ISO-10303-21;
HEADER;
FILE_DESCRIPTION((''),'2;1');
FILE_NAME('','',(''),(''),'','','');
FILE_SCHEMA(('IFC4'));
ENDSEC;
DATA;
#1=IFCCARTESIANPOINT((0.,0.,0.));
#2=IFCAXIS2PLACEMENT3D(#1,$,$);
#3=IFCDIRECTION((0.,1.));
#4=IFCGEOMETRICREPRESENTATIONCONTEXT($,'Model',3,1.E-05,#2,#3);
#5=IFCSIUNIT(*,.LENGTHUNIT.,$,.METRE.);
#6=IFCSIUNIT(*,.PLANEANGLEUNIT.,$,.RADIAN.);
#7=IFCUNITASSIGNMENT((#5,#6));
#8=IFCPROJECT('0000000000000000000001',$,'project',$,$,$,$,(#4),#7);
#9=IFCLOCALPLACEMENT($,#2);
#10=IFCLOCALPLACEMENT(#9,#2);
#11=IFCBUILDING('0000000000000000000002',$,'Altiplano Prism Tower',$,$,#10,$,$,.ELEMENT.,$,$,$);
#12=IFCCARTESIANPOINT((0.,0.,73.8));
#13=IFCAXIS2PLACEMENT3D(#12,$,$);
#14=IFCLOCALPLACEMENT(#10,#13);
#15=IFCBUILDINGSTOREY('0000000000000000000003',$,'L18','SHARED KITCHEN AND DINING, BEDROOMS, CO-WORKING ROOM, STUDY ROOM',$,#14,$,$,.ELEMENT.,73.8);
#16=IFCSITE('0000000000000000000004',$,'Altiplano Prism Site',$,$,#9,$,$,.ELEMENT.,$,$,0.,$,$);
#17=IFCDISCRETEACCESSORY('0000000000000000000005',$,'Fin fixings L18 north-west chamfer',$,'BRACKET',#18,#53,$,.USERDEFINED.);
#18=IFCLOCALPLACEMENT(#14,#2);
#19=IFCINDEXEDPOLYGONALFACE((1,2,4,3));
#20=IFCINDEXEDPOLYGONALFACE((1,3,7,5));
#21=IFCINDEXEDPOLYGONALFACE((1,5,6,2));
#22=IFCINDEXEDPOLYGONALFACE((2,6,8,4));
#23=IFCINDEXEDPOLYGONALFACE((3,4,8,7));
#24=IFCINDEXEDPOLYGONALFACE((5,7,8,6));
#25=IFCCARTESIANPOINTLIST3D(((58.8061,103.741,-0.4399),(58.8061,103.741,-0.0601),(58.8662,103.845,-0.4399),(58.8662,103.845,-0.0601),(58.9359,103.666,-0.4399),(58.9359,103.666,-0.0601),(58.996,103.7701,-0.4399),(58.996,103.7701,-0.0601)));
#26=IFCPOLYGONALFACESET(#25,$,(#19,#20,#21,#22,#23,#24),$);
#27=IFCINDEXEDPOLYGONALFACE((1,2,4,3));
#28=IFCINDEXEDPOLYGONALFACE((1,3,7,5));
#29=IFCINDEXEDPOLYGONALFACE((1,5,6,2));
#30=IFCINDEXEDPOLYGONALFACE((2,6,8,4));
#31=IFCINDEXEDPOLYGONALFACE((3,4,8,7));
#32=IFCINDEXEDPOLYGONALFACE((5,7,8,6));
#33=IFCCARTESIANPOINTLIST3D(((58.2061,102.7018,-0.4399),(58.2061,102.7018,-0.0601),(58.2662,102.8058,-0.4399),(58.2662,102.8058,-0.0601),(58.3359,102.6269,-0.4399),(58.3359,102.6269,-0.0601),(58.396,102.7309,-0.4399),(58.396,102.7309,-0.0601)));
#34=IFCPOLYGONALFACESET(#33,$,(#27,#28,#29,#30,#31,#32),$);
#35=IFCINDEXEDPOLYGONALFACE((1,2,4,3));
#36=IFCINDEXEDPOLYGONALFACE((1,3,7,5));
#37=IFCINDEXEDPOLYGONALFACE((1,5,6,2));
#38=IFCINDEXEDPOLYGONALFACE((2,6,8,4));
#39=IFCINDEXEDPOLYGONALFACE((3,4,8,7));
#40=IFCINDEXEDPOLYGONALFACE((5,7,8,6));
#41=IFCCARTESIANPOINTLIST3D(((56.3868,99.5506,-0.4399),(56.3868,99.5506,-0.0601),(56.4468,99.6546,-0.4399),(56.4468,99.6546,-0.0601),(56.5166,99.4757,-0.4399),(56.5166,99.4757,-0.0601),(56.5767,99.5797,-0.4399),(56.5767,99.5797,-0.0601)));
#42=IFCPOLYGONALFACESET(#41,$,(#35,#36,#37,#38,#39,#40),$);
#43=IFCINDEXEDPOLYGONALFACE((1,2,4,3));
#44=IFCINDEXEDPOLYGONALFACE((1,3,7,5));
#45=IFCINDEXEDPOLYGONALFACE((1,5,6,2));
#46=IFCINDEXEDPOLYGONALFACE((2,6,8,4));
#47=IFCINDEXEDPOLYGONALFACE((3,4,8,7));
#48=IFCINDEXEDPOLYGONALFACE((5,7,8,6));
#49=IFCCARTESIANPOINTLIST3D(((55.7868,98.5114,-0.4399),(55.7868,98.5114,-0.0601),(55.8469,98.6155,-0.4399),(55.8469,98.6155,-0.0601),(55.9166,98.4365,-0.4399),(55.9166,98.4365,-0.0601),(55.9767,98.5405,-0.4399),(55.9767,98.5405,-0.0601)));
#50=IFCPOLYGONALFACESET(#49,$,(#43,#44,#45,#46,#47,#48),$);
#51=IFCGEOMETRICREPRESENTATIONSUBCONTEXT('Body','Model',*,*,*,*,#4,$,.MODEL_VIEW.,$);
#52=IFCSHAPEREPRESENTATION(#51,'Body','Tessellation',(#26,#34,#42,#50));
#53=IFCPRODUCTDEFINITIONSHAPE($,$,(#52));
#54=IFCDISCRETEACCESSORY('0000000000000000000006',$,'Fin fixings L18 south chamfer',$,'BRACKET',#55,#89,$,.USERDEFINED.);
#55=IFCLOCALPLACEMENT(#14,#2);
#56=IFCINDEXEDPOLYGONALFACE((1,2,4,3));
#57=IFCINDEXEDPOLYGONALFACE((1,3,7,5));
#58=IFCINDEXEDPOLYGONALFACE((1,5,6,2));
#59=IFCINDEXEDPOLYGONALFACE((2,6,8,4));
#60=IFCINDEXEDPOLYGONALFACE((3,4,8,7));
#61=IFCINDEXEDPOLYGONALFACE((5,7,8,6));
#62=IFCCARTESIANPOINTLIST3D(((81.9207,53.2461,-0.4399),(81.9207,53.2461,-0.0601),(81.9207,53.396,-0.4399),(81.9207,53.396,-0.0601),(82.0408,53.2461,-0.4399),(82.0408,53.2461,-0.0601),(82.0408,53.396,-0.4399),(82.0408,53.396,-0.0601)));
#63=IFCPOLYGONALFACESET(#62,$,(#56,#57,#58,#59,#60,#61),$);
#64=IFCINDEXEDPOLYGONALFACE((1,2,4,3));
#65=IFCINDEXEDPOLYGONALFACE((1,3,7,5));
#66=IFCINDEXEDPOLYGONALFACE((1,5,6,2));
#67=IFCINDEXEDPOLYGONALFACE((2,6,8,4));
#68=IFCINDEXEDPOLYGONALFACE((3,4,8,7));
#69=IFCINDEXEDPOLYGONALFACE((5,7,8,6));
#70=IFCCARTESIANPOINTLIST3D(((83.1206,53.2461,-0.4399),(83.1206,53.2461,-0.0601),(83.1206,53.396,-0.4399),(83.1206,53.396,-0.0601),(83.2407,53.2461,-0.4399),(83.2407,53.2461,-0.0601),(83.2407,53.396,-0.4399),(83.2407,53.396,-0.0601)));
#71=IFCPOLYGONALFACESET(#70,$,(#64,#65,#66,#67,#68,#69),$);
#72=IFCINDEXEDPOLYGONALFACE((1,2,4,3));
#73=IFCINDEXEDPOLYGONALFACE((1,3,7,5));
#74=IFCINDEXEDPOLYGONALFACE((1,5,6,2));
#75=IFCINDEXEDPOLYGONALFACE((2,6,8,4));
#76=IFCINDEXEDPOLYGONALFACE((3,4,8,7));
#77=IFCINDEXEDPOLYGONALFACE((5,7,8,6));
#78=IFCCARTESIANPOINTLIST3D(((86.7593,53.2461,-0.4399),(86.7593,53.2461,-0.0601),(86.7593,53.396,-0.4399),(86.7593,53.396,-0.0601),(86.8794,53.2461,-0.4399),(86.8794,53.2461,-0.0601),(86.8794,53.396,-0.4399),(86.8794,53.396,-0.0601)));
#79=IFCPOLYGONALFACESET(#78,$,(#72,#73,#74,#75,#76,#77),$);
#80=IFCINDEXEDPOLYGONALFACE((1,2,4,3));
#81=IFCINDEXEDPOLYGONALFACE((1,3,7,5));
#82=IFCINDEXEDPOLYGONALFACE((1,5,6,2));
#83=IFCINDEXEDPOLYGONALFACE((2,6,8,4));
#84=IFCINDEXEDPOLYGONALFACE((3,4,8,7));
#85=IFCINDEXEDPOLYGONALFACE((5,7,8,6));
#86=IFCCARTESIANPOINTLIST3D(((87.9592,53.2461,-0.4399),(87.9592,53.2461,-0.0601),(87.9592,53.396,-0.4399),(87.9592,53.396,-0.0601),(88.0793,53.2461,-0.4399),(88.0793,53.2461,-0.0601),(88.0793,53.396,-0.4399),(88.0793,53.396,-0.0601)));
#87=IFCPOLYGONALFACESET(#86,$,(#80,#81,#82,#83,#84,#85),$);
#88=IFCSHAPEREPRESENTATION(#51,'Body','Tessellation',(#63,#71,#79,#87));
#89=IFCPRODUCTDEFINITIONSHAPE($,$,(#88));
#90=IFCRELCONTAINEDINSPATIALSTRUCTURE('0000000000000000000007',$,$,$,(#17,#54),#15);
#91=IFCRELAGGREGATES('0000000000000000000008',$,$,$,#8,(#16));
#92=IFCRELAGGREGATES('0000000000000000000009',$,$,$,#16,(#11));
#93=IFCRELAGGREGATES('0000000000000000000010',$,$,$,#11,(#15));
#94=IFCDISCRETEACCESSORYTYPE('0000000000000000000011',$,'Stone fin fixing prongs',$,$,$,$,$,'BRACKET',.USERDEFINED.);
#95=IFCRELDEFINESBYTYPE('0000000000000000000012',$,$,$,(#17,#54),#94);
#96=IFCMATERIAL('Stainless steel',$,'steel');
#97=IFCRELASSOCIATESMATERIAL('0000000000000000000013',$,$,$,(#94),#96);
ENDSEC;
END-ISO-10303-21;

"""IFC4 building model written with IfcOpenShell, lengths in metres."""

from ifc_helpers import new_model, si_unit, direction, frame, origin, place, context, subcontext, project, spatial, polyline, outline, extrude, source, transform, mapped, material, type_object, element, save


model = new_model("IFC4")

# Units and contexts
model_context = context("Model", 3, precision=1e-05, world=origin(), true_north=direction((0.0, 1.0)))
body_context = subcontext(model_context, "Body", "Model", "MODEL_VIEW")
ifc_project = project(units=[si_unit("LENGTHUNIT", "METRE"), si_unit("PLANEANGLEUNIT", "RADIAN")], contexts=[model_context])

# Site, building, storey
site_placement = place(None, origin())
site = spatial("IfcSite", under=ifc_project, at=site_placement, Name="Altiplano Prism Site", CompositionType="ELEMENT", RefElevation=0.0)
building_placement = place(site_placement, origin())
building = spatial("IfcBuilding", under=site, at=building_placement, Name="Altiplano Prism Tower", CompositionType="ELEMENT")
storey_placement = place(building_placement, frame((0.0, 0.0, 73.8)))
storey = spatial("IfcBuildingStorey", under=building, at=storey_placement, Name="L18", Description="SHARED KITCHEN AND DINING, BEDROOMS, CO-WORKING ROOM, STUDY ROOM", CompositionType="ELEMENT", Elevation=73.8)

# Discrete accessories
ifc_material_1 = material(Name="Stainless steel", Category="steel")
discrete_accessory_type = type_object("IfcDiscreteAccessoryType", Name="Stone fin fixing prongs", ElementType="BRACKET", PredefinedType="USERDEFINED", material=ifc_material_1)
shared_shape_1 = source(origin(), body_context, "Body", "SweptSolid", [
    extrude(outline(polyline([(-3.0793, 0.0601), (-2.9592, 0.0601), (-2.9592, 0.4399), (-3.0793, 0.4399), (-3.0793, 0.0601)])), frame((0.0, 0.0, 0.0), z_axis=(0.0, -1.0, 0.0), x_axis=(1.0, 0.0, 0.0)), (0.0, 0.0, 1.0), 0.1499),
    extrude(outline(polyline([(-1.8794, 0.0601), (-1.7593, 0.0601), (-1.7593, 0.4399), (-1.8794, 0.4399), (-1.8794, 0.0601)])), frame((0.0, 0.0, 0.0), z_axis=(0.0, -1.0, 0.0), x_axis=(1.0, 0.0, 0.0)), (0.0, 0.0, 1.0), 0.1499),
    extrude(outline(polyline([(1.7593, 0.0601), (1.8794, 0.0601), (1.8794, 0.4399), (1.7593, 0.4399), (1.7593, 0.0601)])), frame((0.0, 0.0, 0.0), z_axis=(0.0, -1.0, 0.0), x_axis=(1.0, 0.0, 0.0)), (0.0, 0.0, 1.0), 0.1499),
    extrude(outline(polyline([(2.9592, 0.0601), (3.0793, 0.0601), (3.0793, 0.4399), (2.9592, 0.4399), (2.9592, 0.0601)])), frame((0.0, 0.0, 0.0), z_axis=(0.0, -1.0, 0.0), x_axis=(1.0, 0.0, 0.0)), (0.0, 0.0, 1.0), 0.1499),
])
discrete_accessory_1_placement = place(storey_placement, origin())
element("IfcDiscreteAccessory", 1, at=discrete_accessory_1_placement, inside=storey, type_object=discrete_accessory_type, Name="Fin fixings L18 north-west chamfer", ObjectType="BRACKET", PredefinedType="USERDEFINED", context=body_context, shape_type="MappedRepresentation", body=[
    mapped(shared_shape_1, transform((57.4563, 101.1033, -0.5), x_axis=(-0.5, -0.866025, 0.0), y_axis=(0.866025, -0.5, 0.0), z_axis=(0.0, 0.0, 1.0))),
])
discrete_accessory_2_placement = place(storey_placement, origin())
element("IfcDiscreteAccessory", 2, at=discrete_accessory_2_placement, inside=storey, type_object=discrete_accessory_type, Name="Fin fixings L18 south chamfer", ObjectType="BRACKET", PredefinedType="USERDEFINED", context=body_context, shape_type="MappedRepresentation", body=[
    mapped(shared_shape_1, transform((85.0, 53.396, -0.5), x_axis=(1.0, 0.0, 0.0), y_axis=(0.0, 1.0, 0.0), z_axis=(0.0, 0.0, 1.0))),
])

save(model, "model.ifc")
